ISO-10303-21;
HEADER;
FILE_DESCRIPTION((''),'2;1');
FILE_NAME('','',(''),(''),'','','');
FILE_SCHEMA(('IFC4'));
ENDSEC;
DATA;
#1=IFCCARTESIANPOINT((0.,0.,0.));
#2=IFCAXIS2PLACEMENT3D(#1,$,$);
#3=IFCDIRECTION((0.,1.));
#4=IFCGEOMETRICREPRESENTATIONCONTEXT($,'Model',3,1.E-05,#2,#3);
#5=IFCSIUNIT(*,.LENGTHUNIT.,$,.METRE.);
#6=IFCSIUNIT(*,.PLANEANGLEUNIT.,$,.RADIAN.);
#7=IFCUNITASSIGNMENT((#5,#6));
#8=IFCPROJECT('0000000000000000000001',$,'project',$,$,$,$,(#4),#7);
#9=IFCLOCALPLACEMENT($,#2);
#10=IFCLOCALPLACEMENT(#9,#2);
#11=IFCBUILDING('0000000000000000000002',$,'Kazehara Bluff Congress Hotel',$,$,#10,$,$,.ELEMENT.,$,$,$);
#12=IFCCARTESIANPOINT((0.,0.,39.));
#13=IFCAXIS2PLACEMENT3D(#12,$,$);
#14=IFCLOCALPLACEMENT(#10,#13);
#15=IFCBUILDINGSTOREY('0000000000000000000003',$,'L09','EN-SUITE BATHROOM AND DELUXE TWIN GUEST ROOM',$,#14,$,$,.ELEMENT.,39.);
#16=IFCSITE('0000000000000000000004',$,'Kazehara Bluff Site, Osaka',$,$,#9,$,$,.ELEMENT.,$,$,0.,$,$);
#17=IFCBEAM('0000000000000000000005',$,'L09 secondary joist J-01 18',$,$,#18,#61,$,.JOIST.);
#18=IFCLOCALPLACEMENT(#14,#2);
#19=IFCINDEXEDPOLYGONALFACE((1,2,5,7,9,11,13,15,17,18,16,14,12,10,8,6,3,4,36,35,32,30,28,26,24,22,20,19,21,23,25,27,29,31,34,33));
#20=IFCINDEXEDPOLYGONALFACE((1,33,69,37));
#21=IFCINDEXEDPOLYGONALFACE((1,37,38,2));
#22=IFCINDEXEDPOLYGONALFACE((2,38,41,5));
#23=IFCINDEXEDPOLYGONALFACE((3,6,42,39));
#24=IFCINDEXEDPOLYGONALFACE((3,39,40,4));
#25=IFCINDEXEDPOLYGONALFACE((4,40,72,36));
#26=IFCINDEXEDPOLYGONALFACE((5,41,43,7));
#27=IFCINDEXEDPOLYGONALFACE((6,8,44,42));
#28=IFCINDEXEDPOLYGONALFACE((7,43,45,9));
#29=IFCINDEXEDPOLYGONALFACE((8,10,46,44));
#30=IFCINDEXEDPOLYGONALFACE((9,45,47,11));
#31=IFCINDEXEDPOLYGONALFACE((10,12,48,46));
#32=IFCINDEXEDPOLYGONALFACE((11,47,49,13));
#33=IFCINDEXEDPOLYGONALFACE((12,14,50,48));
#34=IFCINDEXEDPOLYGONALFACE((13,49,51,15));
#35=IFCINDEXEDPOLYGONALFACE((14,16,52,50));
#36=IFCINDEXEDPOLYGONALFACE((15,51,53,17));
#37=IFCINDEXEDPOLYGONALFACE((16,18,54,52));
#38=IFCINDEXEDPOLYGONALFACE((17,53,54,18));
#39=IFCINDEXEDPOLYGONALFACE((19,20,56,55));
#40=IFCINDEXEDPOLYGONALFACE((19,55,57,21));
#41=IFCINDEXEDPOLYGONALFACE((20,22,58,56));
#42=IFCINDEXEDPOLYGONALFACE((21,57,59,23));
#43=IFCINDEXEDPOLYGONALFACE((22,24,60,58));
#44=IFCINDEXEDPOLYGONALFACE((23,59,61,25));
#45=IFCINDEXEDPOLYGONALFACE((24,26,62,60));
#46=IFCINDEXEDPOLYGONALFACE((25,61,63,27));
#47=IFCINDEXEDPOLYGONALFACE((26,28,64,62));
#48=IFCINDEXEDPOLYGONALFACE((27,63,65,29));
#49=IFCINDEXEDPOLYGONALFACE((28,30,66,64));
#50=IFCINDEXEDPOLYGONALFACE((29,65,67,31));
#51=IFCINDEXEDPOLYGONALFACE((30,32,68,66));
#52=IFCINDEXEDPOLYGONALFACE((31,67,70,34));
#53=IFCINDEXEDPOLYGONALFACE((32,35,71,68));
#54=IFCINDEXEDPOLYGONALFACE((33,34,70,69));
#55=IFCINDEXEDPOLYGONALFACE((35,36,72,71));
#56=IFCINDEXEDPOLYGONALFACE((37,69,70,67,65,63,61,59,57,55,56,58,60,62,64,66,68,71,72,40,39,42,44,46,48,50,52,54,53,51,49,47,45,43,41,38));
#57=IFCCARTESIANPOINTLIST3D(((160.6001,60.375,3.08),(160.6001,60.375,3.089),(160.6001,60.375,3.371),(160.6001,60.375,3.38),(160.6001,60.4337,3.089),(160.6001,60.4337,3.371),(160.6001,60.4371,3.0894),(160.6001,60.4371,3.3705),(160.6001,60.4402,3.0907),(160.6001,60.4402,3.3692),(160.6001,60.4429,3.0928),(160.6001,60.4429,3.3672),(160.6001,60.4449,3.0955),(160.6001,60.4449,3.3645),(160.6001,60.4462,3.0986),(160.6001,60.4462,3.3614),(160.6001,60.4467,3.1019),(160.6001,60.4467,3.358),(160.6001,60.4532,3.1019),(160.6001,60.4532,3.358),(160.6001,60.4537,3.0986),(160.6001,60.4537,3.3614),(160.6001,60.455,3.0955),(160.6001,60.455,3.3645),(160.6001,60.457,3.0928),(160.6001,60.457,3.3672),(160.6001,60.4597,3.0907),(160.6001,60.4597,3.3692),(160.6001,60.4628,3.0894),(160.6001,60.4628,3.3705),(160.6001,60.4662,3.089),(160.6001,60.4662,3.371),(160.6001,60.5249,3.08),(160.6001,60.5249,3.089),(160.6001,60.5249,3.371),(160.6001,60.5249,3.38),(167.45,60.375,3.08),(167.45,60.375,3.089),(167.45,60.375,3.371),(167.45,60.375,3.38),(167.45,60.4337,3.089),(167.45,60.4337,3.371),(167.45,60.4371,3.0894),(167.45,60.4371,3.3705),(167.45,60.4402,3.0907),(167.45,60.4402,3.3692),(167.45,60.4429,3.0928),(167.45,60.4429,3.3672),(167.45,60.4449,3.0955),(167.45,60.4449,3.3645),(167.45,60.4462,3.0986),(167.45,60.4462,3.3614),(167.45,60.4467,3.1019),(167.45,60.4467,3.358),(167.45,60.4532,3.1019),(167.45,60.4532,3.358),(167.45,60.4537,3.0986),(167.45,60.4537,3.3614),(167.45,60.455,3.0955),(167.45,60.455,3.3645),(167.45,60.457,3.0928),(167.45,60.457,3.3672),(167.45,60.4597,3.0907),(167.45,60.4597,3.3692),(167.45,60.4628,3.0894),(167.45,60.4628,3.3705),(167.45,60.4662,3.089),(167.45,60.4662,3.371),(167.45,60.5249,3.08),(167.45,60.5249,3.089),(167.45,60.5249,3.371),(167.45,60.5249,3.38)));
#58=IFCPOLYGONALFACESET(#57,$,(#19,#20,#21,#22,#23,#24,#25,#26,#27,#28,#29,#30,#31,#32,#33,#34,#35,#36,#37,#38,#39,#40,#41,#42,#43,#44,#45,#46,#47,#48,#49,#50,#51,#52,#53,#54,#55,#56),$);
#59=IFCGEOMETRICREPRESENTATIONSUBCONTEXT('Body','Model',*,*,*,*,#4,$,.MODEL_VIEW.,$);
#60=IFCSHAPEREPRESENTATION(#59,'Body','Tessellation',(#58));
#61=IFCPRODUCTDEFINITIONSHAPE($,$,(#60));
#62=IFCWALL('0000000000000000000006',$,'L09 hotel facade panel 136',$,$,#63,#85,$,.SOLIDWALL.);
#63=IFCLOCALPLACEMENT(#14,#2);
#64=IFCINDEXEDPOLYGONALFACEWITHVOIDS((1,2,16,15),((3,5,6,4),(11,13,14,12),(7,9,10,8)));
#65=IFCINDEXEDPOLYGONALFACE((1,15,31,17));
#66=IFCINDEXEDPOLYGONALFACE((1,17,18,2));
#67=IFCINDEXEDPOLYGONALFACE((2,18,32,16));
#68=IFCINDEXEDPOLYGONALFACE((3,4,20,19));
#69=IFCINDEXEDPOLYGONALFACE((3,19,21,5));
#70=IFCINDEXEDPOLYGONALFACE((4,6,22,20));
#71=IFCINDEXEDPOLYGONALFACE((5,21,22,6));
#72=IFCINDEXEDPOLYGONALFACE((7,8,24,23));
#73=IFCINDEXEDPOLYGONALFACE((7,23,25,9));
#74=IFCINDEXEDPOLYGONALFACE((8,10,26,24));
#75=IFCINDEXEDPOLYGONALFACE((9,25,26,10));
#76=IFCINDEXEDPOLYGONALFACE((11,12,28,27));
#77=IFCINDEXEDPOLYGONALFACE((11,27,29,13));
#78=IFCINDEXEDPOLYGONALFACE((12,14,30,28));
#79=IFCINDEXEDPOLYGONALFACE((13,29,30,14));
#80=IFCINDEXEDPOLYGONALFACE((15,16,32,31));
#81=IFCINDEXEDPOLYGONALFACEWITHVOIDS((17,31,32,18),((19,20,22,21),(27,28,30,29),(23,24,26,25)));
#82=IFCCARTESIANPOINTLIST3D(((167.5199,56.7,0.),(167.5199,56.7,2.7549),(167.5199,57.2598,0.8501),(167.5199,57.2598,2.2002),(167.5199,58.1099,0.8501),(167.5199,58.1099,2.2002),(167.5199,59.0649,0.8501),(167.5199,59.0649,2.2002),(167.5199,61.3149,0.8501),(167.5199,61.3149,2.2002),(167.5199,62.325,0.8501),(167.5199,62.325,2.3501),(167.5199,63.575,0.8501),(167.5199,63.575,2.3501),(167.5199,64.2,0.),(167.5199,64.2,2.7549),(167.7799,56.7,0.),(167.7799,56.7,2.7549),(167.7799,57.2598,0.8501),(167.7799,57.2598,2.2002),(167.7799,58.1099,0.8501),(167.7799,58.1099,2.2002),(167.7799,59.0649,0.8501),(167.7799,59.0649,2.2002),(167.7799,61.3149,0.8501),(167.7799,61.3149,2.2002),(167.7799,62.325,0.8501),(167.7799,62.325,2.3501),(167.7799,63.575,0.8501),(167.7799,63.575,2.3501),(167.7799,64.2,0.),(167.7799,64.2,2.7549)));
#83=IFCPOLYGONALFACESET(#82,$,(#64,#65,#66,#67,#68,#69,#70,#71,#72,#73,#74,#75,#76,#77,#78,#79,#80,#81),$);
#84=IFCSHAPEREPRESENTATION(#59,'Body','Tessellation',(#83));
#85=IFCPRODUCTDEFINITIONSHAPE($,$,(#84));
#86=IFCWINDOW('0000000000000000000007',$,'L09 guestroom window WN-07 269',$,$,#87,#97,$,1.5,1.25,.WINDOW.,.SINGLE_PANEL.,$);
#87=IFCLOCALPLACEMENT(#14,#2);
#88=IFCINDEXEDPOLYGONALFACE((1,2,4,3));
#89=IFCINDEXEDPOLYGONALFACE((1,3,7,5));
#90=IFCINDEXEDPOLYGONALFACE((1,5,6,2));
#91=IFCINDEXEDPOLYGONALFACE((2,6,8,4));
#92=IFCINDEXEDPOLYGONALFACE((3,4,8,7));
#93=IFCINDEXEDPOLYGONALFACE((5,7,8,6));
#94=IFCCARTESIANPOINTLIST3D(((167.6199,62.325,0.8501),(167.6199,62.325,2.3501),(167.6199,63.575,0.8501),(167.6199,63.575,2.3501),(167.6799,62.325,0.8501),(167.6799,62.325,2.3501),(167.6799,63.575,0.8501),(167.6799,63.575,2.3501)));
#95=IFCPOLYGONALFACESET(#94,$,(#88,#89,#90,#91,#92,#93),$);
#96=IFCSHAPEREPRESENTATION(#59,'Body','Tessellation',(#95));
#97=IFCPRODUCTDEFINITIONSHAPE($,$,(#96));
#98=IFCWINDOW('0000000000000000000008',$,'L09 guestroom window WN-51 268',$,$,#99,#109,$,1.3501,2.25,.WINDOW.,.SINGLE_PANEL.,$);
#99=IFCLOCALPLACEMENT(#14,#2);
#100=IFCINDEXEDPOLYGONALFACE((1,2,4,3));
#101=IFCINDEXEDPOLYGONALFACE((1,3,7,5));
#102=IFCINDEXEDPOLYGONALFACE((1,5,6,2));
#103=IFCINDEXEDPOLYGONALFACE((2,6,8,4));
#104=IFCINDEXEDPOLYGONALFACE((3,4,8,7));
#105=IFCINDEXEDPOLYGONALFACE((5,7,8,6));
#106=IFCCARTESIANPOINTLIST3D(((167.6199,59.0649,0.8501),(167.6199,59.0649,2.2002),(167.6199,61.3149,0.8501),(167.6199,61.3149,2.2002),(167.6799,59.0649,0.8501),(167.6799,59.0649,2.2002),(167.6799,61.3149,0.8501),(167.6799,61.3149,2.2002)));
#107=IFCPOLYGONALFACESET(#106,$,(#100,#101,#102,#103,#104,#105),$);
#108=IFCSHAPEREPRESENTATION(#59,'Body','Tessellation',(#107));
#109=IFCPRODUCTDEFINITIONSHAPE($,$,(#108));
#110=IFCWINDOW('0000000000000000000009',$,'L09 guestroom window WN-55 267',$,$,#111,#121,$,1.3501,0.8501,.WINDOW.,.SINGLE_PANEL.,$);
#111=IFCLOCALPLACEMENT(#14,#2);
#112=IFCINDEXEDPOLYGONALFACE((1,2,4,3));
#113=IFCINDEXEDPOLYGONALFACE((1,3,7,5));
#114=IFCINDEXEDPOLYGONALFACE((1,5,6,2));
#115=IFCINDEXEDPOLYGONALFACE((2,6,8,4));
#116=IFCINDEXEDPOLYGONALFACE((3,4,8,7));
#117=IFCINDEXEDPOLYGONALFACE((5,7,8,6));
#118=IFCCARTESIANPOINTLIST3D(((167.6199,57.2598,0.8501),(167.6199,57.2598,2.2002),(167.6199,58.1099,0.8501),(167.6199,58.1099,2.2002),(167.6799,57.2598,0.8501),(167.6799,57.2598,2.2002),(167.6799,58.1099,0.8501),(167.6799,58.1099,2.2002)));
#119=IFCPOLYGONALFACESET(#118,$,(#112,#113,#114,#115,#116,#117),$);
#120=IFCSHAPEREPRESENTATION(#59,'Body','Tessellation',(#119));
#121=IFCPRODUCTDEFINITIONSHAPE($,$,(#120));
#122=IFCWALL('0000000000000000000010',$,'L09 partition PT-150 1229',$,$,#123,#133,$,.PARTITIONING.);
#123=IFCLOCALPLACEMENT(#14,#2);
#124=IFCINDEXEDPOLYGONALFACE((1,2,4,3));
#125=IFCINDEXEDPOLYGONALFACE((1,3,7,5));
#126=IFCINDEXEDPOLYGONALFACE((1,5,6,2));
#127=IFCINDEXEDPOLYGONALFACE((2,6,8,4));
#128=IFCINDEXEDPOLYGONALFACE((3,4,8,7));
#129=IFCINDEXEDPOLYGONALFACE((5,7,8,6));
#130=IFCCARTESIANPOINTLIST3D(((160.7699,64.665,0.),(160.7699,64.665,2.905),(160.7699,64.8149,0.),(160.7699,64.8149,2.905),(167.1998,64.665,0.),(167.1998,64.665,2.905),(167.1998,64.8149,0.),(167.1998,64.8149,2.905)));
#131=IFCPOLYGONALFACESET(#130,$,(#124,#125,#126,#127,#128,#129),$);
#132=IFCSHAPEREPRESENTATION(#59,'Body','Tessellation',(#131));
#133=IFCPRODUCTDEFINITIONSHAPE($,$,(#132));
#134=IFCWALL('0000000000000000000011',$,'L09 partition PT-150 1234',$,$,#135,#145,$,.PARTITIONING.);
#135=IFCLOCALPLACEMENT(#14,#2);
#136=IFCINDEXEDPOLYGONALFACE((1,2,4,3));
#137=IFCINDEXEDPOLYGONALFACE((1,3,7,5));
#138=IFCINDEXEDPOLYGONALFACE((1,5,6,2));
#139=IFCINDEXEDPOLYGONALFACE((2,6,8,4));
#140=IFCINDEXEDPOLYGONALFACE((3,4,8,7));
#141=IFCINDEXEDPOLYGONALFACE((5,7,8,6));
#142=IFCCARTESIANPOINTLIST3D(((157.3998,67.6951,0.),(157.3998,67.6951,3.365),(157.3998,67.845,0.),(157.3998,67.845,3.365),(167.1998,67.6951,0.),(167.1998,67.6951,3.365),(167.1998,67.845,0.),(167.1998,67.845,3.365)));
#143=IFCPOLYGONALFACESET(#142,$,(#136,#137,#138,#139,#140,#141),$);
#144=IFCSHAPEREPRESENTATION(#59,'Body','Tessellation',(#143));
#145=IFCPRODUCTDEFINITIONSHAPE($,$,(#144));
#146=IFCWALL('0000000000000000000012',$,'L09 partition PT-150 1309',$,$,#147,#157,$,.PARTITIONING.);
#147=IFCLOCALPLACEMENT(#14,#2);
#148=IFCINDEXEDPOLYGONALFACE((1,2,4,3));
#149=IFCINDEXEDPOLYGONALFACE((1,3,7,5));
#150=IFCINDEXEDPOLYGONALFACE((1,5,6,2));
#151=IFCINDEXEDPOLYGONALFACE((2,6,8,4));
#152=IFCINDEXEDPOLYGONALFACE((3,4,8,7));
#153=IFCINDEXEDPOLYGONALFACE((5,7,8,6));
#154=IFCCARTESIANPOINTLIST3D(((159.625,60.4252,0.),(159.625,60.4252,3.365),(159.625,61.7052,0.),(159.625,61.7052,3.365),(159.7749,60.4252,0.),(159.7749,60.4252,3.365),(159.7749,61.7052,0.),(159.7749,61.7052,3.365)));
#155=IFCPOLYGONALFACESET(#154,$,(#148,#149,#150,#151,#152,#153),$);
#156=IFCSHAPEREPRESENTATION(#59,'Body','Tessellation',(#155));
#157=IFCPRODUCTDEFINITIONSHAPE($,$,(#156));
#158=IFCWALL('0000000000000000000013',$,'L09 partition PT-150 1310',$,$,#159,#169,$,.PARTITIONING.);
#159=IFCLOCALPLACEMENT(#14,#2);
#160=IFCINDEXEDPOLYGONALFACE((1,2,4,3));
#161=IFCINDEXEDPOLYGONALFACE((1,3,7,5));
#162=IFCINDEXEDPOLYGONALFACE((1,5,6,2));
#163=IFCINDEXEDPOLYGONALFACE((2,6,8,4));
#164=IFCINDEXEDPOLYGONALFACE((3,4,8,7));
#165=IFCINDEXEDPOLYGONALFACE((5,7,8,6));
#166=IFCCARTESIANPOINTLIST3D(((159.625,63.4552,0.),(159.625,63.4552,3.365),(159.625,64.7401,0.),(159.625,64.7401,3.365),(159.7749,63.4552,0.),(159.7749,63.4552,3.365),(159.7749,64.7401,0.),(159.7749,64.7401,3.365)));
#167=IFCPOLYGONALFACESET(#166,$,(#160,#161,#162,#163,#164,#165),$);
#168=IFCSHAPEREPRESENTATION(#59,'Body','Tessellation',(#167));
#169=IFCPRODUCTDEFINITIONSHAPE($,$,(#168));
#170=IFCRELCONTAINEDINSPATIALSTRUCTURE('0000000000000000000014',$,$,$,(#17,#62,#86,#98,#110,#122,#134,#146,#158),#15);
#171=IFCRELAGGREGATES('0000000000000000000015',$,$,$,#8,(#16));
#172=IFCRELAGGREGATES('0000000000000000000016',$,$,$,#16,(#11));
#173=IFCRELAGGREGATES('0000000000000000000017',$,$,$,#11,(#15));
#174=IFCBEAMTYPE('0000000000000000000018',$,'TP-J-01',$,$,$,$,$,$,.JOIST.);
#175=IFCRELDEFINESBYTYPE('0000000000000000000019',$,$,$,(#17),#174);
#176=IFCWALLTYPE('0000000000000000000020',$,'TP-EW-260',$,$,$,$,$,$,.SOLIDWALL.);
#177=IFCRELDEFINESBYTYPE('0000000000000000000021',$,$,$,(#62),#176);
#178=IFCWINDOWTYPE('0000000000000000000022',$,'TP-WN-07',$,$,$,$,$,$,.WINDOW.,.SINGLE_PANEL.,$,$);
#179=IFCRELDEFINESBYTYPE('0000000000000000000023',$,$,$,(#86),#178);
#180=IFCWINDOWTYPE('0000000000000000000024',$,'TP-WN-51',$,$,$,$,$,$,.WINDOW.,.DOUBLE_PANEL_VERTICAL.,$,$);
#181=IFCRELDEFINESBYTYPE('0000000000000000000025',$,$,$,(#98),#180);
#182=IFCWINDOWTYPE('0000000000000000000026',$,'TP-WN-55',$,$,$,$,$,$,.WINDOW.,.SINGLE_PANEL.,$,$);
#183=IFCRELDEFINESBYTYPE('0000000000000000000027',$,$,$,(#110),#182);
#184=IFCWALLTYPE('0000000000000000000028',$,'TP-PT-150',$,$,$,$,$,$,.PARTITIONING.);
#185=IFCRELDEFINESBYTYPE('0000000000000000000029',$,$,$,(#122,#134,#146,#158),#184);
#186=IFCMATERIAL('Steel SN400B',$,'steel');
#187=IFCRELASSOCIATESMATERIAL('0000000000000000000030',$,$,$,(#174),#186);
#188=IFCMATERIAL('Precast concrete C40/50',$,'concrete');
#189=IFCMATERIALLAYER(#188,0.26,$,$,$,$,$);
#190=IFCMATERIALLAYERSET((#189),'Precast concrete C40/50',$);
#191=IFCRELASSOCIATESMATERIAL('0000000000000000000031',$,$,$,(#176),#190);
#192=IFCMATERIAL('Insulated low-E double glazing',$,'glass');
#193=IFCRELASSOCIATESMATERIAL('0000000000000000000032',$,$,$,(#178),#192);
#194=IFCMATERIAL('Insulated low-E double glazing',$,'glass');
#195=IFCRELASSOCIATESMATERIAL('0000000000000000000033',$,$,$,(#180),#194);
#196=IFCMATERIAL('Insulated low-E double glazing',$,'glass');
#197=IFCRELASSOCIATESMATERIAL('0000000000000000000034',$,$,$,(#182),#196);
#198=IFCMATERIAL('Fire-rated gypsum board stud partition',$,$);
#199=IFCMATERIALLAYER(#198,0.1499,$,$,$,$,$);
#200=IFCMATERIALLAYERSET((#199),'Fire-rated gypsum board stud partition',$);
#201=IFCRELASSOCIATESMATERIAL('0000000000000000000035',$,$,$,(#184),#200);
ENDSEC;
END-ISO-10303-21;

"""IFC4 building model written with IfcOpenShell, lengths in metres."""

from ifc_helpers import new_model, si_unit, direction, frame, frame_2d, origin, origin_2d, place, context, subcontext, project, spatial, rectangle, i_section, extrude, material, layer, layer_set, material_profile, profile_set, type_object, element, fill, save


model = new_model("IFC4")

# Units and contexts
model_context = context("Model", 3, precision=1e-05, world=origin(), true_north=direction((0.0, 1.0)))
body_context = subcontext(model_context, "Body", "Model", "MODEL_VIEW")
ifc_project = project(units=[si_unit("LENGTHUNIT", "METRE"), si_unit("PLANEANGLEUNIT", "RADIAN")], contexts=[model_context])

# Site, building, storey
site_placement = place(None, origin())
site = spatial("IfcSite", under=ifc_project, at=site_placement, Name="Kazehara Bluff Site, Osaka", CompositionType="ELEMENT", RefElevation=0.0)
building_placement = place(site_placement, origin())
building = spatial("IfcBuilding", under=site, at=building_placement, Name="Kazehara Bluff Congress Hotel", CompositionType="ELEMENT")
storey_placement = place(building_placement, frame((0.0, 0.0, 39.0)))
storey = spatial("IfcBuildingStorey", under=building, at=storey_placement, Name="L09", Description="EN-SUITE BATHROOM AND DELUXE TWIN GUEST ROOM", CompositionType="ELEMENT", Elevation=39.0)

# Beam
ifc_material_1 = material(Name="Steel SN400B", Category="steel")
ifc_material_profile_1 = material_profile(ifc_material_1, i_section(OverallWidth=0.1499, OverallDepth=0.3, WebThickness=0.0066, FlangeThickness=0.009, FilletRadius=0.0129, at=origin_2d()))
ifc_profile_set_1 = profile_set([ifc_material_profile_1], Name="Steel SN400B")
beam_type_1 = type_object("IfcBeamType", Name="TP-J-01", PredefinedType="JOIST", material=ifc_profile_set_1)
beam_1_placement = place(storey_placement, frame((160.6001, 60.45, 3.23), z_axis=(1.0, 0.0, 0.0), x_axis=(0.0, 1.0, 0.0)))
element("IfcBeam", 1, at=beam_1_placement, inside=storey, type_object=beam_type_1, Name="L09 secondary joist J-01 18", PredefinedType="JOIST", context=body_context, shape_type="SweptSolid", body=[
    extrude(i_section(OverallWidth=0.1499, OverallDepth=0.3, WebThickness=0.0066, FlangeThickness=0.009, FilletRadius=0.0129, at=origin_2d()), origin(), (0.0, 0.0, 1.0), 6.8499),
])

# Wall, openings, windows
ifc_material_2 = material(Name="Precast concrete C40/50", Category="concrete")
ifc_layer_1 = layer(ifc_material_2, 0.26)
ifc_layer_set_1 = layer_set([ifc_layer_1], Name="Precast concrete C40/50")
wall_type_1 = type_object("IfcWallType", Name="TP-EW-260", PredefinedType="SOLIDWALL", material=ifc_layer_set_1)
wall_1_placement = place(storey_placement, frame((167.6499, 64.2, 0.0), z_axis=(0.0, 0.0, 1.0), x_axis=(0.0, -1.0, 0.0)))
wall_1 = element("IfcWall", 2, at=wall_1_placement, inside=storey, type_object=wall_type_1, Name="L09 hotel facade panel 136", PredefinedType="SOLIDWALL", context=body_context, shape_type="SweptSolid", body=[
    extrude(rectangle(XDim=7.5, YDim=0.26, at=frame_2d((3.75, 0.0))), origin(), (0.0, 0.0, 1.0), 2.7549),
])
opening_1_placement = place(wall_1_placement, frame((6.0901, 0.0, 0.8501)))
opening_1 = element("IfcOpeningElement", 3, at=opening_1_placement, cuts=wall_1, PredefinedType="OPENING", context=body_context, shape_type="SweptSolid", body=[
    extrude(rectangle(XDim=0.8501, YDim=1.3501, at=frame_2d((0.425, 0.675))), frame((0.0, 0.1399, 0.0), z_axis=(0.0, -1.0, 0.0), x_axis=(1.0, 0.0, 0.0)), (0.0, 0.0, 1.0), 0.28),
])
opening_2_placement = place(wall_1_placement, frame((2.885, 0.0, 0.8501)))
opening_2 = element("IfcOpeningElement", 4, at=opening_2_placement, cuts=wall_1, PredefinedType="OPENING", context=body_context, shape_type="SweptSolid", body=[
    extrude(rectangle(XDim=2.25, YDim=1.3501, at=frame_2d((1.125, 0.675))), frame((0.0, 0.1399, 0.0), z_axis=(0.0, -1.0, 0.0), x_axis=(1.0, 0.0, 0.0)), (0.0, 0.0, 1.0), 0.28),
])
opening_3_placement = place(wall_1_placement, frame((0.625, 0.0, 0.8501)))
opening_3 = element("IfcOpeningElement", 5, at=opening_3_placement, cuts=wall_1, PredefinedType="OPENING", context=body_context, shape_type="SweptSolid", body=[
    extrude(rectangle(XDim=1.25, YDim=1.5, at=frame_2d((0.625, 0.75))), frame((0.0, 0.1399, 0.0), z_axis=(0.0, -1.0, 0.0), x_axis=(1.0, 0.0, 0.0)), (0.0, 0.0, 1.0), 0.28),
])
ifc_material_3 = material(Name="Insulated low-E double glazing", Category="glass")
window_type_1 = type_object("IfcWindowType", Name="TP-WN-07", PartitioningType="SINGLE_PANEL", PredefinedType="WINDOW", material=ifc_material_3)
window_1_placement = place(opening_3_placement, origin())
window_1 = element("IfcWindow", 6, at=window_1_placement, inside=storey, type_object=window_type_1, Name="L09 guestroom window WN-07 269", OverallHeight=1.5, OverallWidth=1.25, PartitioningType="SINGLE_PANEL", PredefinedType="WINDOW", context=body_context, shape_type="SweptSolid", body=[
    extrude(rectangle(XDim=1.25, YDim=1.5, at=frame_2d((0.625, 0.75))), frame((0.0, 0.03, 0.0), z_axis=(0.0, -1.0, 0.0), x_axis=(1.0, 0.0, 0.0)), (0.0, 0.0, 1.0), 0.0601),
])
fill(opening_3, window_1)
ifc_material_4 = material(Name="Insulated low-E double glazing", Category="glass")
window_type_2 = type_object("IfcWindowType", Name="TP-WN-51", PartitioningType="DOUBLE_PANEL_VERTICAL", PredefinedType="WINDOW", material=ifc_material_4)
window_2_placement = place(opening_2_placement, origin())
window_2 = element("IfcWindow", 7, at=window_2_placement, inside=storey, type_object=window_type_2, Name="L09 guestroom window WN-51 268", OverallHeight=1.3501, OverallWidth=2.25, PartitioningType="SINGLE_PANEL", PredefinedType="WINDOW", context=body_context, shape_type="SweptSolid", body=[
    extrude(rectangle(XDim=2.25, YDim=1.3501, at=frame_2d((1.125, 0.675))), frame((0.0, 0.03, 0.0), z_axis=(0.0, -1.0, 0.0), x_axis=(1.0, 0.0, 0.0)), (0.0, 0.0, 1.0), 0.0601),
])
fill(opening_2, window_2)
ifc_material_5 = material(Name="Insulated low-E double glazing", Category="glass")
window_type_3 = type_object("IfcWindowType", Name="TP-WN-55", PartitioningType="SINGLE_PANEL", PredefinedType="WINDOW", material=ifc_material_5)
window_3_placement = place(opening_1_placement, origin())
window_3 = element("IfcWindow", 8, at=window_3_placement, inside=storey, type_object=window_type_3, Name="L09 guestroom window WN-55 267", OverallHeight=1.3501, OverallWidth=0.8501, PartitioningType="SINGLE_PANEL", PredefinedType="WINDOW", context=body_context, shape_type="SweptSolid", body=[
    extrude(rectangle(XDim=0.8501, YDim=1.3501, at=frame_2d((0.425, 0.675))), frame((0.0, 0.03, 0.0), z_axis=(0.0, -1.0, 0.0), x_axis=(1.0, 0.0, 0.0)), (0.0, 0.0, 1.0), 0.0601),
])
fill(opening_1, window_3)

# Walls
ifc_material_6 = material(Name="Fire-rated gypsum board stud partition")
ifc_layer_2 = layer(ifc_material_6, 0.1499)
ifc_layer_set_2 = layer_set([ifc_layer_2], Name="Fire-rated gypsum board stud partition")
wall_type_2 = type_object("IfcWallType", Name="TP-PT-150", PredefinedType="PARTITIONING", material=ifc_layer_set_2)
wall_2_placement = place(storey_placement, frame((160.77, 64.74, 0.0), z_axis=(0.0, 0.0, 1.0), x_axis=(1.0, 0.0, 0.0)))
element("IfcWall", 9, at=wall_2_placement, inside=storey, type_object=wall_type_2, Name="L09 partition PT-150 1229", PredefinedType="PARTITIONING", context=body_context, shape_type="SweptSolid", body=[
    extrude(rectangle(XDim=6.4299, YDim=0.1499, at=frame_2d((3.2148, 0.0))), origin(), (0.0, 0.0, 1.0), 2.905),
])
wall_3_placement = place(storey_placement, frame((157.3999, 67.77, 0.0), z_axis=(0.0, 0.0, 1.0), x_axis=(1.0, 0.0, 0.0)))
element("IfcWall", 10, at=wall_3_placement, inside=storey, type_object=wall_type_2, Name="L09 partition PT-150 1234", PredefinedType="PARTITIONING", context=body_context, shape_type="SweptSolid", body=[
    extrude(rectangle(XDim=9.8, YDim=0.1499, at=frame_2d((4.8999, 0.0))), origin(), (0.0, 0.0, 1.0), 3.365),
])
wall_4_placement = place(storey_placement, frame((159.7, 60.425, 0.0), z_axis=(0.0, 0.0, 1.0), x_axis=(0.0, 1.0, 0.0)))
element("IfcWall", 11, at=wall_4_placement, inside=storey, type_object=wall_type_2, Name="L09 partition PT-150 1309", PredefinedType="PARTITIONING", context=body_context, shape_type="SweptSolid", body=[
    extrude(rectangle(XDim=1.28, YDim=0.1499, at=frame_2d((0.6401, 0.0))), origin(), (0.0, 0.0, 1.0), 3.365),
])
wall_5_placement = place(storey_placement, frame((159.7, 63.4551, 0.0), z_axis=(0.0, 0.0, 1.0), x_axis=(0.0, 1.0, 0.0)))
element("IfcWall", 12, at=wall_5_placement, inside=storey, type_object=wall_type_2, Name="L09 partition PT-150 1310", PredefinedType="PARTITIONING", context=body_context, shape_type="SweptSolid", body=[
    extrude(rectangle(XDim=1.2849, YDim=0.1499, at=frame_2d((0.6426, 0.0))), origin(), (0.0, 0.0, 1.0), 3.365),
])

save(model, "model.ifc")
